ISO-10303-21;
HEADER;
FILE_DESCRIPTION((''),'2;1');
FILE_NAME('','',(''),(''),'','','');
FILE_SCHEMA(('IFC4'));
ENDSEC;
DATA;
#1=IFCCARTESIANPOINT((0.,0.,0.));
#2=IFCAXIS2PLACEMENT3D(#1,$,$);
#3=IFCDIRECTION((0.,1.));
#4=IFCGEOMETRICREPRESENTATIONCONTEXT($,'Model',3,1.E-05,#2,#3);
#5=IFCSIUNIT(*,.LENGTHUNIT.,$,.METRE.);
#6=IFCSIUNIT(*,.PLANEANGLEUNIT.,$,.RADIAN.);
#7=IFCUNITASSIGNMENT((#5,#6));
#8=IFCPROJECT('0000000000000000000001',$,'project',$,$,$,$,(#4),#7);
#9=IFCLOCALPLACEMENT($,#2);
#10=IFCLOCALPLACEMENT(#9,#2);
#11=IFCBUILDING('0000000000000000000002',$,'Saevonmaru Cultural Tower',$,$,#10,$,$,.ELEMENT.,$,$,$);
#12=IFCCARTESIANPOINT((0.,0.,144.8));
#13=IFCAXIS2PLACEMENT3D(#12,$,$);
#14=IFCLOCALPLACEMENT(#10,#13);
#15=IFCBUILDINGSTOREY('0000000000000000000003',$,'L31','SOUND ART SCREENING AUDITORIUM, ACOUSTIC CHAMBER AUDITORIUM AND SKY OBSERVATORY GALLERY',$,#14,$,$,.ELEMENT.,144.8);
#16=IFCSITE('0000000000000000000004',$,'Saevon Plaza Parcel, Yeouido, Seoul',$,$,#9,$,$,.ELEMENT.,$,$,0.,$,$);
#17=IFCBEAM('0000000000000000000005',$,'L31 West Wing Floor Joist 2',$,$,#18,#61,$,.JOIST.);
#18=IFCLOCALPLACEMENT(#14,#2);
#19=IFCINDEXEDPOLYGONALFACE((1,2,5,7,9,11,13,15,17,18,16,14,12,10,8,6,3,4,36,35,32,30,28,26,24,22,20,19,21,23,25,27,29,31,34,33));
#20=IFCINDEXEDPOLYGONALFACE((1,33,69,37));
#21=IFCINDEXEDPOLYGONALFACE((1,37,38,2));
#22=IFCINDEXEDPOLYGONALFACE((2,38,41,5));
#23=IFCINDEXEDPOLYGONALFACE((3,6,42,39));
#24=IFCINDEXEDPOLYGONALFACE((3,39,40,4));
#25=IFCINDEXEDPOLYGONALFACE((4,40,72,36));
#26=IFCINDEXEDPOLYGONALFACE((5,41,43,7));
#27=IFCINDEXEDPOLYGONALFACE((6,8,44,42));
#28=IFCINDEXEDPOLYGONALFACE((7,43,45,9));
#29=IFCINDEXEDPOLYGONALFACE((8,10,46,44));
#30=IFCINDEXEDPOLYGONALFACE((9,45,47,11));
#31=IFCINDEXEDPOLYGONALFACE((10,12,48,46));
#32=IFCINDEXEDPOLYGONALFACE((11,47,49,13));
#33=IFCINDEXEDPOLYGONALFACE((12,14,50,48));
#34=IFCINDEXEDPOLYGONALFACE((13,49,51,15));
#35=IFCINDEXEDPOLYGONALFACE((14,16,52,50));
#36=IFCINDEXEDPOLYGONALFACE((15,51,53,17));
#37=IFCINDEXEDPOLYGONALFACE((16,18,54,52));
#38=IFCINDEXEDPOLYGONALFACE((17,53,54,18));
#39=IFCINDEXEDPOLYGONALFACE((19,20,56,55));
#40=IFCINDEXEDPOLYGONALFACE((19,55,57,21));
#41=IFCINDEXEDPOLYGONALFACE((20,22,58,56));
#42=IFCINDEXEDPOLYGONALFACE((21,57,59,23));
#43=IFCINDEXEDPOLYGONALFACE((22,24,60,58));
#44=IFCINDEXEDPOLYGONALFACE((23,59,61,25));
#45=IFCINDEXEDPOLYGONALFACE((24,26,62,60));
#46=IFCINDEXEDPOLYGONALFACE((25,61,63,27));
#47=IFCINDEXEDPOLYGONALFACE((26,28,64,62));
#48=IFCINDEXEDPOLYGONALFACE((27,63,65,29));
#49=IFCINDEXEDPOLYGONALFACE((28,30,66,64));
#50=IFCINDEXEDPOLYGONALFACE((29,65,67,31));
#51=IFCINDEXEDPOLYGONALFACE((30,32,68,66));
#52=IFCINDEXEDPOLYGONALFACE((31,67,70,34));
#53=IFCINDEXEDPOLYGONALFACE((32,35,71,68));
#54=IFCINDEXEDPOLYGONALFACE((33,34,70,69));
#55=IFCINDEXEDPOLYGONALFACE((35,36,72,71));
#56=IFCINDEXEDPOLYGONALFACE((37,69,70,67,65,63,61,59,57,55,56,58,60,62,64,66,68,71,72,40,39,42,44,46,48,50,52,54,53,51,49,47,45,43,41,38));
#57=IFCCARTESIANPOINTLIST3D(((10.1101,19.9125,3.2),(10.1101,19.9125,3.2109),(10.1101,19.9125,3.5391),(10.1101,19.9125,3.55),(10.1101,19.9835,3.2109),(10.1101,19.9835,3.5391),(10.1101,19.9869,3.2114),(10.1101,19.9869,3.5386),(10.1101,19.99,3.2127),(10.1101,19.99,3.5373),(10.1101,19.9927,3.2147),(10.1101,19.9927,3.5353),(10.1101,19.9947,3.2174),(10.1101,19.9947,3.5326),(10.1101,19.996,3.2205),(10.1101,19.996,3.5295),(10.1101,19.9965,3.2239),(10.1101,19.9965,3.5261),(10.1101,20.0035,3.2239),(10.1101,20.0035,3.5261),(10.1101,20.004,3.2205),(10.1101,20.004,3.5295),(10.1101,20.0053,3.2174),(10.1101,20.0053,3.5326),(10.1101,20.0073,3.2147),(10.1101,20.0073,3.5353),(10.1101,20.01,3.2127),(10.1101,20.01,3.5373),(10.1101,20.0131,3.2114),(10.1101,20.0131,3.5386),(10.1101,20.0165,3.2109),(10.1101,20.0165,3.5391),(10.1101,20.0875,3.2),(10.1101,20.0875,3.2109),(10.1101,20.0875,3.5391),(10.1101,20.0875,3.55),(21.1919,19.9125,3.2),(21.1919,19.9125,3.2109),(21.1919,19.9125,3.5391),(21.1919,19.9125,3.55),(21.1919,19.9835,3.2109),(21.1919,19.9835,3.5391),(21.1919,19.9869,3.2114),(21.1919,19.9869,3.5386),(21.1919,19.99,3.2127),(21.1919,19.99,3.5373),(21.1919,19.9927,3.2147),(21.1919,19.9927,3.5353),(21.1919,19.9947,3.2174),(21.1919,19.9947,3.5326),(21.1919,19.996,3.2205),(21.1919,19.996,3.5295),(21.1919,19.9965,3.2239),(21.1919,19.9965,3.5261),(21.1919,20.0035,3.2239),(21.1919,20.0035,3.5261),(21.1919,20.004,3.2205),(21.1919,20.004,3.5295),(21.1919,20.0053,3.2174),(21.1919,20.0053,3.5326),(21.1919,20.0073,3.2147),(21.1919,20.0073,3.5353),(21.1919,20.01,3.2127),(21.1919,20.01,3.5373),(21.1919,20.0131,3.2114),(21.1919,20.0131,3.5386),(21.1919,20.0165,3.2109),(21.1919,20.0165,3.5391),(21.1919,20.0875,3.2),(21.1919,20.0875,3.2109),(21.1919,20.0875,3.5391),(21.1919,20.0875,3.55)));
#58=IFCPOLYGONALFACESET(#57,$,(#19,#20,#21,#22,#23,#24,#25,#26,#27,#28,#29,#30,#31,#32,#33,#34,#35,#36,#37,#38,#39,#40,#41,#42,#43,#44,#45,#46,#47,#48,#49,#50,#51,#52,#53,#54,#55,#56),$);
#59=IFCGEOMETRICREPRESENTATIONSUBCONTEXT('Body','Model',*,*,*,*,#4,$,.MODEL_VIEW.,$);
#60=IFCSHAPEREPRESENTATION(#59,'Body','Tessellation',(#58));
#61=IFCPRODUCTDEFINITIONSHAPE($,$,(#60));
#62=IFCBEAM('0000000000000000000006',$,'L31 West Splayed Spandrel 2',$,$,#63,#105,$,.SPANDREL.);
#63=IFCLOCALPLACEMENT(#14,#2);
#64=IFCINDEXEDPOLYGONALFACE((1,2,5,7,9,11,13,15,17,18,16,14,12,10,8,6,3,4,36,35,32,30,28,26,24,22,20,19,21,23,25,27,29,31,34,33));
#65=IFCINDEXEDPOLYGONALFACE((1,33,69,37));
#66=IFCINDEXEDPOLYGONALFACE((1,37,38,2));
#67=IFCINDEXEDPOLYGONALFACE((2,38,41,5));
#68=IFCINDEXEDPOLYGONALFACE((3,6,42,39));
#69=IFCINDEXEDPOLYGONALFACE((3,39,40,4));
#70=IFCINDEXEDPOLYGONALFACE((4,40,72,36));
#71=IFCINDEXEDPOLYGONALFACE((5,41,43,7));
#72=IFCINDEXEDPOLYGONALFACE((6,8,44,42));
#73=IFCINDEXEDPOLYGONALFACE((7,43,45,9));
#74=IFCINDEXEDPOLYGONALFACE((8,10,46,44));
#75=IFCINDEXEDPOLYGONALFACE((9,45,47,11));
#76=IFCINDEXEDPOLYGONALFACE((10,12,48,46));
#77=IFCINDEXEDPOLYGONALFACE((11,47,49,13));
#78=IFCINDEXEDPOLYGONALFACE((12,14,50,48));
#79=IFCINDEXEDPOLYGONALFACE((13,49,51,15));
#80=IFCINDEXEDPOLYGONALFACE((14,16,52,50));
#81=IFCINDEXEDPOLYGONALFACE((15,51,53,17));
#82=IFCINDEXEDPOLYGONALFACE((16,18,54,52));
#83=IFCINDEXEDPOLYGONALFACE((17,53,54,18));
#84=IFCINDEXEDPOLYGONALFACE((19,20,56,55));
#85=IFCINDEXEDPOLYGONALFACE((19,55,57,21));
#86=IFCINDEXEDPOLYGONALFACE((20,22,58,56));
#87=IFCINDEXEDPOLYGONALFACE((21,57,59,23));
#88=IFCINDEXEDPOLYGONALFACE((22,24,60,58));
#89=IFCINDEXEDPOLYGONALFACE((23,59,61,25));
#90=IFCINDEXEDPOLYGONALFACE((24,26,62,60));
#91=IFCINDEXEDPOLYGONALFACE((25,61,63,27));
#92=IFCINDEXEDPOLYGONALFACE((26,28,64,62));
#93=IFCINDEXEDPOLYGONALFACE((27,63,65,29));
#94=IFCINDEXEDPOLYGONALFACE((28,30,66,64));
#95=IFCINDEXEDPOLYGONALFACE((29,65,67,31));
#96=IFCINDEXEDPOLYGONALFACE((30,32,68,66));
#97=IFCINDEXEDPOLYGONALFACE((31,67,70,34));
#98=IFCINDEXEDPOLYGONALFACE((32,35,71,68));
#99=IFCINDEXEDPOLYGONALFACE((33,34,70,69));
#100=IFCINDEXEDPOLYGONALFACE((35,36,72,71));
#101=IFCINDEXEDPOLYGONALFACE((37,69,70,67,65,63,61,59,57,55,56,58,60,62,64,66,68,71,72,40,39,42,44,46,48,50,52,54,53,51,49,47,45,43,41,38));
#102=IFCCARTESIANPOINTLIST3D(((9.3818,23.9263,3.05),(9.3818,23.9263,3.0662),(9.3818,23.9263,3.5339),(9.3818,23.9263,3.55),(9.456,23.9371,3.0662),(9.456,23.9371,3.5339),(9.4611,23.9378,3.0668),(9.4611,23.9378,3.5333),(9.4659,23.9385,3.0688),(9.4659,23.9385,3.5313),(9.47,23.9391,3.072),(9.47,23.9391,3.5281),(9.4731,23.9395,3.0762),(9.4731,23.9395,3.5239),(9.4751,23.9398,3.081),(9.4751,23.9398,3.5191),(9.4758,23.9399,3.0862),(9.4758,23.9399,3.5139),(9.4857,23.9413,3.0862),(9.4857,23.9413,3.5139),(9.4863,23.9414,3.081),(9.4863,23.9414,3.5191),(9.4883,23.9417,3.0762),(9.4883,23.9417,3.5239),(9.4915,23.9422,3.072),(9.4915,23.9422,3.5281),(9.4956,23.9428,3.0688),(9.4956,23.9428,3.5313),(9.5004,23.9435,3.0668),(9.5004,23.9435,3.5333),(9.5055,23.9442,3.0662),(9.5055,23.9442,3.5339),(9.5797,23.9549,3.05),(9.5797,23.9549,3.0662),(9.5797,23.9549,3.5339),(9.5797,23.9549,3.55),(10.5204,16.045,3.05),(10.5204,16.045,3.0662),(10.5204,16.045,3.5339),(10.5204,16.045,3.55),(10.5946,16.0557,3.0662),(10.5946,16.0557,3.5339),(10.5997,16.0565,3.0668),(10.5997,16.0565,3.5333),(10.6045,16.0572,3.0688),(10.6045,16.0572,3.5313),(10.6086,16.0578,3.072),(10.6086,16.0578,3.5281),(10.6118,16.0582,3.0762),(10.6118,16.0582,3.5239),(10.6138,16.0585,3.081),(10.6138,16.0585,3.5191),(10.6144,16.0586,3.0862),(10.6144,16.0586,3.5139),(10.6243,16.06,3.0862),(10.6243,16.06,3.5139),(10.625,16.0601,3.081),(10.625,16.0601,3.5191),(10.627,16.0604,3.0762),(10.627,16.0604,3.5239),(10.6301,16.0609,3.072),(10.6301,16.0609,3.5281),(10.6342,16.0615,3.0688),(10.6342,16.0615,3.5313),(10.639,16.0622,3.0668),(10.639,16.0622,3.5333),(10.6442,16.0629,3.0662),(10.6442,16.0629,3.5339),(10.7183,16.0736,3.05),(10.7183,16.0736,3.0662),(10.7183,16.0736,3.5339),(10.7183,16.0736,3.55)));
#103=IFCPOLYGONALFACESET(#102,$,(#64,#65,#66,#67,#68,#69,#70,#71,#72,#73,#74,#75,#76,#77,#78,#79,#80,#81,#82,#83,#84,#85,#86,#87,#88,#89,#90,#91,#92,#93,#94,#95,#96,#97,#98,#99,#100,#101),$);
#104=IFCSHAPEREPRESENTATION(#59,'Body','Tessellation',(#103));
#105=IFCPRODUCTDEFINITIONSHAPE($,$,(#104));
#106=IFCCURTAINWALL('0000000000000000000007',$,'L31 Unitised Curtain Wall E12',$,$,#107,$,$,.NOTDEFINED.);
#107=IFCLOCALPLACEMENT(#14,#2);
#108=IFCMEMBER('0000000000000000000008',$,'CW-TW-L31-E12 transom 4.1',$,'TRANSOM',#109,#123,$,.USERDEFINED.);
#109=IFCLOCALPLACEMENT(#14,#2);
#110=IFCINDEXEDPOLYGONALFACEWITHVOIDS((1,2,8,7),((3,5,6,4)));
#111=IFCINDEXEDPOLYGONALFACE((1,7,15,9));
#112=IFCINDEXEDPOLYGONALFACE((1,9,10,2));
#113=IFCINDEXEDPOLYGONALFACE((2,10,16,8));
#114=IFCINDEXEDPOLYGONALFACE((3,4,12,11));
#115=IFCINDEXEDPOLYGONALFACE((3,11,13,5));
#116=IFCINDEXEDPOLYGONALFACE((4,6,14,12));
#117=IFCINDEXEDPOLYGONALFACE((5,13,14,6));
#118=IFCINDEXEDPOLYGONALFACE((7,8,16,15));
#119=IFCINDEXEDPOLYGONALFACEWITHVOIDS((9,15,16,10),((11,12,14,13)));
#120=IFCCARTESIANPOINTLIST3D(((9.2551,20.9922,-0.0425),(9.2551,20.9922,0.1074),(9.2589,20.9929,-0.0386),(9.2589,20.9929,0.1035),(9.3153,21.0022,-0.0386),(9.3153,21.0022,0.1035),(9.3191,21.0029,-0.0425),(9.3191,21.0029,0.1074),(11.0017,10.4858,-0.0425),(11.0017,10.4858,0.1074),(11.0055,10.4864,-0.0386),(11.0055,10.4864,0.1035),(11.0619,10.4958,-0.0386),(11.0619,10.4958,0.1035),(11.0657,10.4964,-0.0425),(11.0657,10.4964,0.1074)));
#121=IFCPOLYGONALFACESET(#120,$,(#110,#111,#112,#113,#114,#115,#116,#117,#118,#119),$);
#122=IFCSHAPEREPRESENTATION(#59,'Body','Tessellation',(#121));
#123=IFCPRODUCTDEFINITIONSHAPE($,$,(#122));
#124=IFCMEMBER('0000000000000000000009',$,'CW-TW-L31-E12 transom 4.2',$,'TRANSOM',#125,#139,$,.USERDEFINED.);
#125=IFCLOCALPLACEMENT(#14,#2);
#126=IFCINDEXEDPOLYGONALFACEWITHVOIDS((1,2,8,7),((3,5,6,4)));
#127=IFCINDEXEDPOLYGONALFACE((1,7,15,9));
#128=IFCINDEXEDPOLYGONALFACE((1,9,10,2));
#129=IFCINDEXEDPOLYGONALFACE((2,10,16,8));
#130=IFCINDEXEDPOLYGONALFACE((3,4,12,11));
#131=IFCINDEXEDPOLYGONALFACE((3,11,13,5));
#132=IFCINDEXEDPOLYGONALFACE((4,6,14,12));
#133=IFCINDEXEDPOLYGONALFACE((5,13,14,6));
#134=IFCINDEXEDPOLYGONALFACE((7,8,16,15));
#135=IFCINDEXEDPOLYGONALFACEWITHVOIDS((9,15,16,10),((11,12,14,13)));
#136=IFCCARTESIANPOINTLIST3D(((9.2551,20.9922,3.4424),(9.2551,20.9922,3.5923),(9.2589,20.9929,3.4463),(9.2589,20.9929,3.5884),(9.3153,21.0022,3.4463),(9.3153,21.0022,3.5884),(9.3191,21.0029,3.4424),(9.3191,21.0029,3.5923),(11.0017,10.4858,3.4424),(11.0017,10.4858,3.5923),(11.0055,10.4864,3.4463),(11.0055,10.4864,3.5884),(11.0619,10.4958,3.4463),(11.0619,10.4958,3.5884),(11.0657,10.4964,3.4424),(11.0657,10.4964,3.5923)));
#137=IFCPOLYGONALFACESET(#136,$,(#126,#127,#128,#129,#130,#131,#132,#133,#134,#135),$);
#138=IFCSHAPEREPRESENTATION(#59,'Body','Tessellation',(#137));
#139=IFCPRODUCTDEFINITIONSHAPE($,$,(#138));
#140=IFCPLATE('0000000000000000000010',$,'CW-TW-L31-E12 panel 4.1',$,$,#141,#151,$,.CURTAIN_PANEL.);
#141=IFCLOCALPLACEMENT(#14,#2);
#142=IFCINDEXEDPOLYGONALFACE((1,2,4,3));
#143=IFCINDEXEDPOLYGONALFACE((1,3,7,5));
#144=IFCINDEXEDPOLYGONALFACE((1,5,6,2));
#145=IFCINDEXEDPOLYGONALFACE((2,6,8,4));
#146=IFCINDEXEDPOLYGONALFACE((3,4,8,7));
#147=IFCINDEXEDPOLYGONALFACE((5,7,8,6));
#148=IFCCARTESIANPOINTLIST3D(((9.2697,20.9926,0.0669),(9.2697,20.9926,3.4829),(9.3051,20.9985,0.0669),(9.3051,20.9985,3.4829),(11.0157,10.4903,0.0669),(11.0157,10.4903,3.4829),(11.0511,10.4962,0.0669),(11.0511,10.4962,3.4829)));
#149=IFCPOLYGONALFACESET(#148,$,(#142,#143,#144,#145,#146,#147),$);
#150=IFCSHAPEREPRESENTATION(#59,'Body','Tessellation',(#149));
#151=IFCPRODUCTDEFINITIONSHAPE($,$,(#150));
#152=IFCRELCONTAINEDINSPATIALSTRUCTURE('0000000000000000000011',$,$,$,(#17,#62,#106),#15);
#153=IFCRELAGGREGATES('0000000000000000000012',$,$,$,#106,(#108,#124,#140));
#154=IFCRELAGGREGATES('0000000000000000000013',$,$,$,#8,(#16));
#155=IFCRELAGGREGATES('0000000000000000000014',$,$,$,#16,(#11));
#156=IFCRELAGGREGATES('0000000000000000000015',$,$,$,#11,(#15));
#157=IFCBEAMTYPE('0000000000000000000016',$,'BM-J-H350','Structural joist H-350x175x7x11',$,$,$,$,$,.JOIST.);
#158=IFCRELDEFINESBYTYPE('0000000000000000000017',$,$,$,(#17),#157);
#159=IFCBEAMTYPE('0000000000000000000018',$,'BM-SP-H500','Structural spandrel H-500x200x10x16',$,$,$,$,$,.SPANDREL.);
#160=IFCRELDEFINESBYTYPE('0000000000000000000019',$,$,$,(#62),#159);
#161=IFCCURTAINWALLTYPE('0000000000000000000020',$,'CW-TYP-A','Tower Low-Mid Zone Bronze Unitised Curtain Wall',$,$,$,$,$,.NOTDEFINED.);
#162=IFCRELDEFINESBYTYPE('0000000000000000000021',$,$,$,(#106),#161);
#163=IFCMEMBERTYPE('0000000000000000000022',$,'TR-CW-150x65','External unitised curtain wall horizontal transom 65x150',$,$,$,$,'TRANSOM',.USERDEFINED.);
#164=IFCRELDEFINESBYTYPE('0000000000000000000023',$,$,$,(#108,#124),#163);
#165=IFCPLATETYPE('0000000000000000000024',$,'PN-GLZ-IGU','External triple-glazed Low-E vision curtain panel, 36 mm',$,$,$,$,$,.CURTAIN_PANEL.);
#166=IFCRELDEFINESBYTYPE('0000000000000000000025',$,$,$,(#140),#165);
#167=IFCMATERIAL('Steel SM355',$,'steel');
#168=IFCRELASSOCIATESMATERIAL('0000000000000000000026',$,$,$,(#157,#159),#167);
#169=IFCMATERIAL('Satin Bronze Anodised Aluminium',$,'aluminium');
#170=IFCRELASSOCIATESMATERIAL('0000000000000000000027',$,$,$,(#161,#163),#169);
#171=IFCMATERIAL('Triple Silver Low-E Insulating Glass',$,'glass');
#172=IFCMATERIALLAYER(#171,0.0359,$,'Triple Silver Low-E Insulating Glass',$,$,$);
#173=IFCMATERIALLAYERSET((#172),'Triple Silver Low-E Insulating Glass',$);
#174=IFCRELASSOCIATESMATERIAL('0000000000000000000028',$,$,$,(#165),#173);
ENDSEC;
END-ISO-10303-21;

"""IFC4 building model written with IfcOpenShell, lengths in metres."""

from ifc_helpers import new_model, si_unit, direction, frame, origin, origin_2d, place, context, subcontext, project, spatial, rectangle, hollow_rectangle, i_section, extrude, material, layer, layer_set, material_profile, profile_set, type_object, element, aggregate, save


model = new_model("IFC4")

# Units and contexts
model_context = context("Model", 3, precision=1e-05, world=origin(), true_north=direction((0.0, 1.0)))
body_context = subcontext(model_context, "Body", "Model", "MODEL_VIEW")
ifc_project = project(units=[si_unit("LENGTHUNIT", "METRE"), si_unit("PLANEANGLEUNIT", "RADIAN")], contexts=[model_context])

# Site, building, storey
site_placement = place(None, origin())
site = spatial("IfcSite", under=ifc_project, at=site_placement, Name="Saevon Plaza Parcel, Yeouido, Seoul", CompositionType="ELEMENT", RefElevation=0.0)
building_placement = place(site_placement, origin())
building = spatial("IfcBuilding", under=site, at=building_placement, Name="Saevonmaru Cultural Tower", CompositionType="ELEMENT")
storey_placement = place(building_placement, frame((0.0, 0.0, 144.8)))
storey = spatial("IfcBuildingStorey", under=building, at=storey_placement, Name="L31", Description="SOUND ART SCREENING AUDITORIUM, ACOUSTIC CHAMBER AUDITORIUM AND SKY OBSERVATORY GALLERY", CompositionType="ELEMENT", Elevation=144.8)

# Beams
ifc_material_1 = material(Name="Steel SM355", Category="steel")
ifc_material_profile_1 = material_profile(ifc_material_1, i_section(OverallWidth=0.175, OverallDepth=0.3501, WebThickness=0.0071, FlangeThickness=0.011, FilletRadius=0.0129, at=origin_2d()), Name="H-350x175x7x11")
ifc_profile_set_1 = profile_set([ifc_material_profile_1], Name="Steel SM355")
beam_type_1 = type_object("IfcBeamType", Name="BM-J-H350", Description="Structural joist H-350x175x7x11", PredefinedType="JOIST", material=ifc_profile_set_1)
beam_1_placement = place(storey_placement, frame((10.1101, 20.0, 3.375), z_axis=(1.0, 0.0, 0.0), x_axis=(0.0, 1.0, 0.0)))
element("IfcBeam", 1, at=beam_1_placement, inside=storey, type_object=beam_type_1, Name="L31 West Wing Floor Joist 2", PredefinedType="JOIST", context=body_context, shape_type="SweptSolid", body=[
    extrude(i_section(OverallWidth=0.175, OverallDepth=0.3501, WebThickness=0.0071, FlangeThickness=0.011, FilletRadius=0.0129, at=origin_2d()), origin(), (0.0, 0.0, 1.0), 11.0818),
])
ifc_material_profile_2 = material_profile(ifc_material_1, i_section(OverallWidth=0.2, OverallDepth=0.5, WebThickness=0.01, FlangeThickness=0.0161, FilletRadius=0.02, at=origin_2d()), Name="H-500x200x10x16")
ifc_profile_set_2 = profile_set([ifc_material_profile_2], Name="Steel SM355")
beam_type_2 = type_object("IfcBeamType", Name="BM-SP-H500", Description="Structural spandrel H-500x200x10x16", PredefinedType="SPANDREL", material=ifc_profile_set_2)
beam_2_placement = place(storey_placement, frame((10.6194, 16.0593, 3.3), z_axis=(-0.142992, 0.989724, 0.0), x_axis=(-0.989724, -0.142992, 0.0)))
element("IfcBeam", 2, at=beam_2_placement, inside=storey, type_object=beam_type_2, Name="L31 West Splayed Spandrel 2", PredefinedType="SPANDREL", context=body_context, shape_type="SweptSolid", body=[
    extrude(i_section(OverallWidth=0.2, OverallDepth=0.5, WebThickness=0.01, FlangeThickness=0.0161, FilletRadius=0.02, at=origin_2d()), origin(), (0.0, 0.0, 1.0), 7.9631),
])

# Curtain wall, members, plate
ifc_material_2 = material(Name="Satin Bronze Anodised Aluminium", Category="aluminium")
curtain_wall_type = type_object("IfcCurtainWallType", Name="CW-TYP-A", Description="Tower Low-Mid Zone Bronze Unitised Curtain Wall", PredefinedType="NOTDEFINED", material=ifc_material_2)
curtain_wall_placement = place(storey_placement, origin())
curtain_wall = element("IfcCurtainWall", 3, at=curtain_wall_placement, inside=storey, type_object=curtain_wall_type, Name="L31 Unitised Curtain Wall E12", PredefinedType="NOTDEFINED")
ifc_material_profile_3 = material_profile(ifc_material_2, hollow_rectangle(XDim=0.0649, YDim=0.1499, WallThickness=0.0039, at=origin_2d()), Name="ALU-TRAN-150x65x4")
ifc_profile_set_3 = profile_set([ifc_material_profile_3], Name="Satin Bronze Anodised Aluminium")
member_type = type_object("IfcMemberType", Name="TR-CW-150x65", Description="External unitised curtain wall horizontal transom 65x150", ElementType="TRANSOM", PredefinedType="USERDEFINED", material=ifc_profile_set_3)
member_1_placement = place(storey_placement, frame((9.2871, 20.9976, 0.0325), z_axis=(0.16399, -0.986462, 0.0), x_axis=(0.986462, 0.16399, 0.0)))
member_1 = element("IfcMember", 4, at=member_1_placement, type_object=member_type, Name="CW-TW-L31-E12 transom 4.1", ObjectType="TRANSOM", PredefinedType="USERDEFINED", context=body_context, shape_type="SweptSolid", body=[
    extrude(hollow_rectangle(XDim=0.0649, YDim=0.1499, WallThickness=0.0039, at=origin_2d()), origin(), (0.0, 0.0, 1.0), 10.6506),
])
member_2_placement = place(storey_placement, frame((9.2871, 20.9976, 3.5173), z_axis=(0.16399, -0.986462, 0.0), x_axis=(0.986462, 0.16399, 0.0)))
member_2 = element("IfcMember", 5, at=member_2_placement, type_object=member_type, Name="CW-TW-L31-E12 transom 4.2", ObjectType="TRANSOM", PredefinedType="USERDEFINED", context=body_context, shape_type="SweptSolid", body=[
    extrude(hollow_rectangle(XDim=0.0649, YDim=0.1499, WallThickness=0.0039, at=origin_2d()), origin(), (0.0, 0.0, 1.0), 10.6506),
])
ifc_material_3 = material(Name="Triple Silver Low-E Insulating Glass", Category="glass")
ifc_layer_1 = layer(ifc_material_3, 0.0359, Name="Triple Silver Low-E Insulating Glass")
ifc_layer_set_1 = layer_set([ifc_layer_1], Name="Triple Silver Low-E Insulating Glass")
plate_type = type_object("IfcPlateType", Name="PN-GLZ-IGU", Description="External triple-glazed Low-E vision curtain panel, 36 mm", PredefinedType="CURTAIN_PANEL", material=ifc_layer_set_1)
plate_placement = place(storey_placement, frame((10.1604, 15.7444, 0.0669), z_axis=(0.0, 0.0, 1.0), x_axis=(0.163999, -0.986461, 0.0)))
plate = element("IfcPlate", 6, at=plate_placement, type_object=plate_type, Name="CW-TW-L31-E12 panel 4.1", PredefinedType="CURTAIN_PANEL", context=body_context, shape_type="SweptSolid", body=[
    extrude(rectangle(XDim=10.6465, YDim=0.0359, at=origin_2d()), origin(), (0.0, 0.0, 1.0), 3.416),
])
aggregate(curtain_wall, [member_1, member_2, plate])

save(model, "model.ifc")
